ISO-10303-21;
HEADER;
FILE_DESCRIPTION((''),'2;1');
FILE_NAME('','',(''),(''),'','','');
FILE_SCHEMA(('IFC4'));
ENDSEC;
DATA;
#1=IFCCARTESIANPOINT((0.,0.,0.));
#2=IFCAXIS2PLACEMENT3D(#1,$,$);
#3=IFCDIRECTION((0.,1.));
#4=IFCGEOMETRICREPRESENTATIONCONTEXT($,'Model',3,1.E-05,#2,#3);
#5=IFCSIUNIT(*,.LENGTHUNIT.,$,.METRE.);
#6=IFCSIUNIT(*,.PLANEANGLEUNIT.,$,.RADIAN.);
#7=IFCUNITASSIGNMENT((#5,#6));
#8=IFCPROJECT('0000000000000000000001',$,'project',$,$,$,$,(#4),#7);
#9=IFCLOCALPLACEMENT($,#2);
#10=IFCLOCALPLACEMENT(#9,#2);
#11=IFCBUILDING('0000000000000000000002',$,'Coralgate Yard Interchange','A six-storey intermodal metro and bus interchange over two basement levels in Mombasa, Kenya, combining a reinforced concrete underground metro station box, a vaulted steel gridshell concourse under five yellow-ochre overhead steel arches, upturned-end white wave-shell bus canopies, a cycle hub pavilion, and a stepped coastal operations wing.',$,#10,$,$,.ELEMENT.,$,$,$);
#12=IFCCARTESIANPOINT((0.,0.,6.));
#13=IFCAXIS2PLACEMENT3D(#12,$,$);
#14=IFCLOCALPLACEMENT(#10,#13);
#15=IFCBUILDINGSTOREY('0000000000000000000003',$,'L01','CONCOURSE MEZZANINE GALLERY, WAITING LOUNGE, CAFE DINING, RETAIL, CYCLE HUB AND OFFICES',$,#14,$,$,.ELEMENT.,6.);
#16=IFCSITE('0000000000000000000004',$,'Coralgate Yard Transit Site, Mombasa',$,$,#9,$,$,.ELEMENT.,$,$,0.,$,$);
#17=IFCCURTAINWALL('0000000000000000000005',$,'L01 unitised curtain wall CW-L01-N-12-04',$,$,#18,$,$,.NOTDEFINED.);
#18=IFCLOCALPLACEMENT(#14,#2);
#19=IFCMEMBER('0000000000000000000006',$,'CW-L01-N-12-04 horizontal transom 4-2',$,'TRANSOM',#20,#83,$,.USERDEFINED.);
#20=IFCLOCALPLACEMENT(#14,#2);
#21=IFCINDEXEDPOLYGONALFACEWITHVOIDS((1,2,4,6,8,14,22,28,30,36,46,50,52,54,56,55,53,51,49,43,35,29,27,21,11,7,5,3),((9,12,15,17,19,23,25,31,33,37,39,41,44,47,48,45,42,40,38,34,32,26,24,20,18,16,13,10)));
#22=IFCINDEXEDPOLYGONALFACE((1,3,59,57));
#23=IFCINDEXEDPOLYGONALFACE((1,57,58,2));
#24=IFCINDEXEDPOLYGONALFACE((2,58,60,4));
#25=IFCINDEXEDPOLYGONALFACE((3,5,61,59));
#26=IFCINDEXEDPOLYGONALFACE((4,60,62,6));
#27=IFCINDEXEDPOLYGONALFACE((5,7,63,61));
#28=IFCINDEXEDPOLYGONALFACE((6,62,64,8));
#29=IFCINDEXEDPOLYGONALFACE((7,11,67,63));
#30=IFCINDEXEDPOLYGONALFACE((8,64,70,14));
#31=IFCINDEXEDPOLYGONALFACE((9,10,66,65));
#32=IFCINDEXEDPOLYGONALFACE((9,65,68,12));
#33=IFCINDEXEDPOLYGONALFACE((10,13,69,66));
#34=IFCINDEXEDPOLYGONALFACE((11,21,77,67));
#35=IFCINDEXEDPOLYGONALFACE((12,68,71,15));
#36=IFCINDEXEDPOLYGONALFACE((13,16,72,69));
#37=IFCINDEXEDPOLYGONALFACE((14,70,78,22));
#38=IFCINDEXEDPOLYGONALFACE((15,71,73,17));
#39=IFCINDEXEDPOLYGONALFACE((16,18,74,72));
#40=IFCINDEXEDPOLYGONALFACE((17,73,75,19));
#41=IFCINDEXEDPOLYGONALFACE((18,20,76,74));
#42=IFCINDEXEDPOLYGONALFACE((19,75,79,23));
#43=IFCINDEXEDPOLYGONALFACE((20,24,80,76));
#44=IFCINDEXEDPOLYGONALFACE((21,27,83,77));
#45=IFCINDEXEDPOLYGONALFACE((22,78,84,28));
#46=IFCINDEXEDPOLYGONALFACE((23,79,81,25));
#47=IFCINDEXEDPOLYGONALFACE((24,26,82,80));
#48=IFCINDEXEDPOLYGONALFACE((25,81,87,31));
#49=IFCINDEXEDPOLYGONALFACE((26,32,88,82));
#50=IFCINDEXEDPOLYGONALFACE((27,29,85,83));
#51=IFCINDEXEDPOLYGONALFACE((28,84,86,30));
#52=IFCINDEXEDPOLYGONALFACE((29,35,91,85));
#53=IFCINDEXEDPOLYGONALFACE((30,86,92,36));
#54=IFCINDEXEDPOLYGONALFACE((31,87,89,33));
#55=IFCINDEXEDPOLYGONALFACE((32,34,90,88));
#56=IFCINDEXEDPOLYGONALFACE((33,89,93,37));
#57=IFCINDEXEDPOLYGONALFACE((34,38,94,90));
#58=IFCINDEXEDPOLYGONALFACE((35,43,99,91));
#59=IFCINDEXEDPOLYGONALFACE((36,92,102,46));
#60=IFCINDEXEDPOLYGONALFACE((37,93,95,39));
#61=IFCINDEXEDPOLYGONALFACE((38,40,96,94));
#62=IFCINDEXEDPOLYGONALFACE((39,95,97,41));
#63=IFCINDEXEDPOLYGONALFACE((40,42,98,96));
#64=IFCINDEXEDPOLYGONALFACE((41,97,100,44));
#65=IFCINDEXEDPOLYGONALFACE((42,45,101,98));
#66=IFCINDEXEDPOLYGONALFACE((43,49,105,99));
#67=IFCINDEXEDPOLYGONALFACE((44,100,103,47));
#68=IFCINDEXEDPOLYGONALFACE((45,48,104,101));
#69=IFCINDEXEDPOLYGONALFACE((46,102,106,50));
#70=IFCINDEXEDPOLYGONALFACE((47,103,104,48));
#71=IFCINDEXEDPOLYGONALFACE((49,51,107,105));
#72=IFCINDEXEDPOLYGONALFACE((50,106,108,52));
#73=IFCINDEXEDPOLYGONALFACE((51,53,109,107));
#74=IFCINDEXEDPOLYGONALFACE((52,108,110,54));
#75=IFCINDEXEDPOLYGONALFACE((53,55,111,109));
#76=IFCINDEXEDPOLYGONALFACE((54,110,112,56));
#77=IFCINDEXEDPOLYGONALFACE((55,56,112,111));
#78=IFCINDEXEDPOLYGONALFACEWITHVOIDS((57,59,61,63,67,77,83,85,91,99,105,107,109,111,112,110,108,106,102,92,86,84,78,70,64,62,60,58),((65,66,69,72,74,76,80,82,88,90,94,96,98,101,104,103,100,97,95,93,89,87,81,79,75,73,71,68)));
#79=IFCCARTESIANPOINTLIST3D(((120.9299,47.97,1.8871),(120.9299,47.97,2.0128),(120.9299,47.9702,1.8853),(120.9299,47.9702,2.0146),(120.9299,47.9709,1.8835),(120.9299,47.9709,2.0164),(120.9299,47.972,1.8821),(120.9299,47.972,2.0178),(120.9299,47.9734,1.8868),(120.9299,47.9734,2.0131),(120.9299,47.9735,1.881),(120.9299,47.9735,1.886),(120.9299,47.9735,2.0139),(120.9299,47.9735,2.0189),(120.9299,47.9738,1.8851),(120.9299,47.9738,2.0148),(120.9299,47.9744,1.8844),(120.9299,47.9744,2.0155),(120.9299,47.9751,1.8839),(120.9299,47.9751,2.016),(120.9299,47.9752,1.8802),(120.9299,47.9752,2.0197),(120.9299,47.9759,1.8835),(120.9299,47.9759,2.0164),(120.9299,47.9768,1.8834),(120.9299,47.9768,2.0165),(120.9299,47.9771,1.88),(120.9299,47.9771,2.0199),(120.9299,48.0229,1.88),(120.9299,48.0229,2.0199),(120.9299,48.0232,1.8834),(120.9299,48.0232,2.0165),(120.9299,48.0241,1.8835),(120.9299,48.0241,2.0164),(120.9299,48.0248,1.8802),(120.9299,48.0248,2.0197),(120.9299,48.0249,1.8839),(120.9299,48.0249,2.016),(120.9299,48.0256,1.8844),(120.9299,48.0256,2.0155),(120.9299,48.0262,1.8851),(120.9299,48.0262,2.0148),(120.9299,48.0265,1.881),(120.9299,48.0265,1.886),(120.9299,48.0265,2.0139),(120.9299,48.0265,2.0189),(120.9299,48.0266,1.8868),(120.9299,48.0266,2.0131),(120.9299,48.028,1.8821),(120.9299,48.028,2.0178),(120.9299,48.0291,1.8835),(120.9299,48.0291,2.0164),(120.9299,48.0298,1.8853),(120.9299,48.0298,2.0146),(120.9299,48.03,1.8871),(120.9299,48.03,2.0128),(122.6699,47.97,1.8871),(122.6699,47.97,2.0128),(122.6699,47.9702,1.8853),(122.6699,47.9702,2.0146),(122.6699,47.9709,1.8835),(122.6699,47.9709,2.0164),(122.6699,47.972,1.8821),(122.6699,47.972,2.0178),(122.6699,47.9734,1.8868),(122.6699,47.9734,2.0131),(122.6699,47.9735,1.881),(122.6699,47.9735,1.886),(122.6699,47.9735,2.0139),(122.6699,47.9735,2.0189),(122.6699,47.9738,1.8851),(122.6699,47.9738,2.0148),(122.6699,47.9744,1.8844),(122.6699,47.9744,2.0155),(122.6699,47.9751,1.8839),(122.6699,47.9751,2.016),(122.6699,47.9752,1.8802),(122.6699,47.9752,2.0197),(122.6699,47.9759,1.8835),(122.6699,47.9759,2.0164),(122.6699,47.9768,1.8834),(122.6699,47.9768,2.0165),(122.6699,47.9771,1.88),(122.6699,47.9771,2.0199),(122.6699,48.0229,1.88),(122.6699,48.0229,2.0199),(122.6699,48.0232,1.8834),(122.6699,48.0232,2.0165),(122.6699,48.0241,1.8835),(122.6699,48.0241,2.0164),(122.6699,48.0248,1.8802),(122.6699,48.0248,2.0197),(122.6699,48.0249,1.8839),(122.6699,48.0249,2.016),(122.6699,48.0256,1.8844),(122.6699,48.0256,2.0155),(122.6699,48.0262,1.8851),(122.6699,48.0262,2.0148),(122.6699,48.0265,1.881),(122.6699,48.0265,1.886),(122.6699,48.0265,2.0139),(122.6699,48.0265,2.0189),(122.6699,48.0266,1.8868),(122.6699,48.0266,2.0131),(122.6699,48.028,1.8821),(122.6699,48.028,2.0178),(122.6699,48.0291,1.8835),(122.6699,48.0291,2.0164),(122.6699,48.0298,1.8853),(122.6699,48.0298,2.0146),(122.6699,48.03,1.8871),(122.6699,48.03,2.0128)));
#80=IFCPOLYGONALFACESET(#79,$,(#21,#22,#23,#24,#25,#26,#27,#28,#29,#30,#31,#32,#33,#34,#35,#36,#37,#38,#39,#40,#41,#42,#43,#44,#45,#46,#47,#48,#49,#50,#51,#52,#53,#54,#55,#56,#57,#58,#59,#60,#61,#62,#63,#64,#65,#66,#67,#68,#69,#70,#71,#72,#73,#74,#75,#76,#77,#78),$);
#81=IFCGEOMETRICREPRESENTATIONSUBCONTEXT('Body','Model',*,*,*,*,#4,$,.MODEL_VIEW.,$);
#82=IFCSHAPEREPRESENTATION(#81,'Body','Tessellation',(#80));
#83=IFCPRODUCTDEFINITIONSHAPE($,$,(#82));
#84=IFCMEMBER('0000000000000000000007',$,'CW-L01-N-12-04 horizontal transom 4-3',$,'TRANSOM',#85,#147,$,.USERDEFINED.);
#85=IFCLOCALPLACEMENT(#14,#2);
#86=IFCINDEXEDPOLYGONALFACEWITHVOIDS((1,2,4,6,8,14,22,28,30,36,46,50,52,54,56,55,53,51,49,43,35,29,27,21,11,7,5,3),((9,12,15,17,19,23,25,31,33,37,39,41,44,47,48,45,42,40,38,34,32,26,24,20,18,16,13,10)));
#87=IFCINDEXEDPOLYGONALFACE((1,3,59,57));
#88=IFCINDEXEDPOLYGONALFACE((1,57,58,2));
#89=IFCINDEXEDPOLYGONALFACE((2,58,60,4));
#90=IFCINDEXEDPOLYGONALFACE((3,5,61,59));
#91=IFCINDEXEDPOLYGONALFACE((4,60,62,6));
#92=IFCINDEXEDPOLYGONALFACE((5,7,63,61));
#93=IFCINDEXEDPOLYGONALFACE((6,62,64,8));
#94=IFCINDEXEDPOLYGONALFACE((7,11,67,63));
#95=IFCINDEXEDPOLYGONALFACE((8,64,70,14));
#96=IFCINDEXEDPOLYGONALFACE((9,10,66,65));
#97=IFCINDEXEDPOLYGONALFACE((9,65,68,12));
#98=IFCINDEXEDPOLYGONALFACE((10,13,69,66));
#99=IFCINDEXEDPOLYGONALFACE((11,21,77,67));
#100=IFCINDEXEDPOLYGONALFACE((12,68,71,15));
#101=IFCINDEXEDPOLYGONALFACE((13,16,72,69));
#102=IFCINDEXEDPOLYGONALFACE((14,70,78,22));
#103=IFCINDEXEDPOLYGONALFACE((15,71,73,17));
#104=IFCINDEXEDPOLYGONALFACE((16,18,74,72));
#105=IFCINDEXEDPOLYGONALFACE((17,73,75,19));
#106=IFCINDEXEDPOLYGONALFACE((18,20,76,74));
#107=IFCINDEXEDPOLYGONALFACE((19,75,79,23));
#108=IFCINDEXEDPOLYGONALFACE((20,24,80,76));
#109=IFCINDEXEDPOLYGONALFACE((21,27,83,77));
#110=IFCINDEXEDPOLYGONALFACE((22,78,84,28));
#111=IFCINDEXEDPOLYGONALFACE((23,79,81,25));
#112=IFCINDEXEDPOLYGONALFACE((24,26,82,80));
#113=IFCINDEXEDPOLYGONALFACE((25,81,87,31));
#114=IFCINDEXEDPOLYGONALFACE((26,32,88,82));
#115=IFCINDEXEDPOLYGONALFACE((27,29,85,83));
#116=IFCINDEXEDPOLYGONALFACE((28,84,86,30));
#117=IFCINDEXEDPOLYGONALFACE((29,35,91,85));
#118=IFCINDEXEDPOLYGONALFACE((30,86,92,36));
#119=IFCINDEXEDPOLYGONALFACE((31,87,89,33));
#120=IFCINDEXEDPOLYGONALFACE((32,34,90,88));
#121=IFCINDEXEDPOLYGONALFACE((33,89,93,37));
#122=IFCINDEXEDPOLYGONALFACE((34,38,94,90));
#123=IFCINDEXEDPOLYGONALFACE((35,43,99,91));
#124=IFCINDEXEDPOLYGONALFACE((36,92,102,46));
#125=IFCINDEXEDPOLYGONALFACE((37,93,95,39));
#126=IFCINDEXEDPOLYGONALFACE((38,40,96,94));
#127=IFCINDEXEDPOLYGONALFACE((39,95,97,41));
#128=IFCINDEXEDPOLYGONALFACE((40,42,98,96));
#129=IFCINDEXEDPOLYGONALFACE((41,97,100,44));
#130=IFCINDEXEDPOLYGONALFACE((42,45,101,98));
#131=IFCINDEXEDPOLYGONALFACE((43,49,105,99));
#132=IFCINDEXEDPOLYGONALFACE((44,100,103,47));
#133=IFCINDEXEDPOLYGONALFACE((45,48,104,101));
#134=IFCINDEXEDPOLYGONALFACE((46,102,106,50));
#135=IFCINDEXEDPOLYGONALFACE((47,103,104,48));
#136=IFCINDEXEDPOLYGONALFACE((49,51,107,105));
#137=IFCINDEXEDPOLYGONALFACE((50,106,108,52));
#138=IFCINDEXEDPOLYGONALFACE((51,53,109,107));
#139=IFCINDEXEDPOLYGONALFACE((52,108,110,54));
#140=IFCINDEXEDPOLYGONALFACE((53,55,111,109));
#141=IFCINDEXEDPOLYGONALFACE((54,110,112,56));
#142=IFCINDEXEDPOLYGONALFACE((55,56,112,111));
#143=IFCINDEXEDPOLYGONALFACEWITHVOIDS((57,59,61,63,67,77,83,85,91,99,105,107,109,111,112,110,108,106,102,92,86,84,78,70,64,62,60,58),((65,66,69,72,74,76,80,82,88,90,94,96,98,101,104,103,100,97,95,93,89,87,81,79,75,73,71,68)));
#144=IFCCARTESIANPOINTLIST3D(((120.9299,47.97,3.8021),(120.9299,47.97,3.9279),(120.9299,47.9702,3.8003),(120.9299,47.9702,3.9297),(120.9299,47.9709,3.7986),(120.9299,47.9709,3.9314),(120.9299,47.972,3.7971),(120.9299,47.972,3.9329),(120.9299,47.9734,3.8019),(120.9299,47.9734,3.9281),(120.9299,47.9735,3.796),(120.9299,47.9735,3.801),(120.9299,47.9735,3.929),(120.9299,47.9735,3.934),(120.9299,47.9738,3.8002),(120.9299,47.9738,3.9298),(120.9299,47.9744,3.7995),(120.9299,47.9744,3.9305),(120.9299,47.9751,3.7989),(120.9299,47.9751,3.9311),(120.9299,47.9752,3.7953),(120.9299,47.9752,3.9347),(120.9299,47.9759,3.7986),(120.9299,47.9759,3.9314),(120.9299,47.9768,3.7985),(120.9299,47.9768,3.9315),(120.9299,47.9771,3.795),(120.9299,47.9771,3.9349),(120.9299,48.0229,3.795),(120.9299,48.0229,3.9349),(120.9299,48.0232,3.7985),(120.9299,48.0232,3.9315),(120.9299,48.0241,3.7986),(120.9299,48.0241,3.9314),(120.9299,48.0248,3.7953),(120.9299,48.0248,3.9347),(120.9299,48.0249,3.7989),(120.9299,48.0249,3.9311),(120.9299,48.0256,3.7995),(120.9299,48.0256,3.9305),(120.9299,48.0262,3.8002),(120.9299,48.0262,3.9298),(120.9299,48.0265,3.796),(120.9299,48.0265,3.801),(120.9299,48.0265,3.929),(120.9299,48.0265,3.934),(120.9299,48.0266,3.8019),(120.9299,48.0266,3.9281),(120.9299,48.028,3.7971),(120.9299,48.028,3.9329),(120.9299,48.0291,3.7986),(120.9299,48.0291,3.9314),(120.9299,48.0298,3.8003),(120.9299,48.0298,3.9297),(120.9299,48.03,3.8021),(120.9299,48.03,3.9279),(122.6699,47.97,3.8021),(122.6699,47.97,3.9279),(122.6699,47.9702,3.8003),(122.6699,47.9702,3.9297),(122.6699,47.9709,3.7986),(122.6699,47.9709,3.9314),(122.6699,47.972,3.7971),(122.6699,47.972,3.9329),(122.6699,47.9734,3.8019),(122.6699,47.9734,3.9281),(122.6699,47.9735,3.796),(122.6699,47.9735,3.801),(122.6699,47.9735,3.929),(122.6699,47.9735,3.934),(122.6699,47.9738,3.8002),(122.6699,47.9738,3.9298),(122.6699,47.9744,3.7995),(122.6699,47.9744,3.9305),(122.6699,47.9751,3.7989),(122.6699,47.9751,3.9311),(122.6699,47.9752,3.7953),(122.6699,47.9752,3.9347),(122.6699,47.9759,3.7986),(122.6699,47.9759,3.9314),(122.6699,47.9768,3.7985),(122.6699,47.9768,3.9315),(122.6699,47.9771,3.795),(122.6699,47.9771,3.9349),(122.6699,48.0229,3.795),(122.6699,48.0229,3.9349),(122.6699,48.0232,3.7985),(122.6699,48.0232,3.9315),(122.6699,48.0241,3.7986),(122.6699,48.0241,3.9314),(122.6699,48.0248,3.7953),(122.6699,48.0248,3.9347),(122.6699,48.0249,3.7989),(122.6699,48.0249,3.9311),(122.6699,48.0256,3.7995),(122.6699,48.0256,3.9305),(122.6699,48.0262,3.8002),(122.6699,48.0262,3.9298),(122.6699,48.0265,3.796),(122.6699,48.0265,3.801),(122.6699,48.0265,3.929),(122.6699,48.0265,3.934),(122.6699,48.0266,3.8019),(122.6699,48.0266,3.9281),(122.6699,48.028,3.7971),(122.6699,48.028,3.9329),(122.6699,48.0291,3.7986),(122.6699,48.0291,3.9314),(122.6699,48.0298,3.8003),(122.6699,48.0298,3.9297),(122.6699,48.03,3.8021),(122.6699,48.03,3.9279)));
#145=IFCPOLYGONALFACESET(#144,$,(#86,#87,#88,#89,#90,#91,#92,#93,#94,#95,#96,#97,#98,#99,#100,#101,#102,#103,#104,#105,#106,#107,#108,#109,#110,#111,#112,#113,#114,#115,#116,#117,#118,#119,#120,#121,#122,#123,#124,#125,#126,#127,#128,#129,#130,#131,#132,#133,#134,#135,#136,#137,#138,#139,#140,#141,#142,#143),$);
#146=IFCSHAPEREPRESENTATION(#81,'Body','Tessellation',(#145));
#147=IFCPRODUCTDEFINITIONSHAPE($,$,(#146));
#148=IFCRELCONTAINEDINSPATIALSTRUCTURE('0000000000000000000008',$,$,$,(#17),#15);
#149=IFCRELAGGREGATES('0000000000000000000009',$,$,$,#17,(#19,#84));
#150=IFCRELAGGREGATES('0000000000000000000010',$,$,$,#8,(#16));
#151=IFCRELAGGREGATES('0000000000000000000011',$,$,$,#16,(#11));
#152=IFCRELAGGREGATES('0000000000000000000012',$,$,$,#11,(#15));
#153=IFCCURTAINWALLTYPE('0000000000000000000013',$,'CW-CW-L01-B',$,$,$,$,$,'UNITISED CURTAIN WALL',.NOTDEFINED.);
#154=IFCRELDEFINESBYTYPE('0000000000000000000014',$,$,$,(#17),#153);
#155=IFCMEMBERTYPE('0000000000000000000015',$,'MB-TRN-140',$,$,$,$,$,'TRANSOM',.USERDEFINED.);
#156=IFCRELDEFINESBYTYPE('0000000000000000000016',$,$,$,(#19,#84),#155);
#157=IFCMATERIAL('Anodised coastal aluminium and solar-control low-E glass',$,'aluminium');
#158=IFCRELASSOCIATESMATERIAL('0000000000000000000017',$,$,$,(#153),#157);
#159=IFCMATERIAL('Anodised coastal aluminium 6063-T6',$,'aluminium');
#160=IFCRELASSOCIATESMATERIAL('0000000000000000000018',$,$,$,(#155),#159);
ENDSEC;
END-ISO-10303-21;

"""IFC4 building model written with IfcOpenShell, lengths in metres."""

from ifc_helpers import new_model, si_unit, direction, frame, origin, origin_2d, place, context, subcontext, project, spatial, hollow_rectangle, extrude, material, material_profile, profile_set, type_object, element, aggregate, save


model = new_model("IFC4")

# Units and contexts
model_context = context("Model", 3, precision=1e-05, world=origin(), true_north=direction((0.0, 1.0)))
body_context = subcontext(model_context, "Body", "Model", "MODEL_VIEW")
ifc_project = project(units=[si_unit("LENGTHUNIT", "METRE"), si_unit("PLANEANGLEUNIT", "RADIAN")], contexts=[model_context])

# Site, building, storey
site_placement = place(None, origin())
site = spatial("IfcSite", under=ifc_project, at=site_placement, Name="Coralgate Yard Transit Site, Mombasa", CompositionType="ELEMENT", RefElevation=0.0)
building_placement = place(site_placement, origin())
building = spatial("IfcBuilding", under=site, at=building_placement, Name="Coralgate Yard Interchange", Description="A six-storey intermodal metro and bus interchange over two basement levels in Mombasa, Kenya, combining a reinforced concrete underground metro station box, a vaulted steel gridshell concourse under five yellow-ochre overhead steel arches, upturned-end white wave-shell bus canopies, a cycle hub pavilion, and a stepped coastal operations wing.", CompositionType="ELEMENT")
storey_placement = place(building_placement, frame((0.0, 0.0, 6.0)))
storey = spatial("IfcBuildingStorey", under=building, at=storey_placement, Name="L01", Description="CONCOURSE MEZZANINE GALLERY, WAITING LOUNGE, CAFE DINING, RETAIL, CYCLE HUB AND OFFICES", CompositionType="ELEMENT", Elevation=6.0)

# Curtain wall
ifc_material_1 = material(Name="Anodised coastal aluminium and solar-control low-E glass", Category="aluminium")
curtain_wall_type_1 = type_object("IfcCurtainWallType", Name="CW-CW-L01-B", ElementType="UNITISED CURTAIN WALL", PredefinedType="NOTDEFINED", material=ifc_material_1)
curtain_wall_1_placement = place(storey_placement, origin())
curtain_wall_1 = element("IfcCurtainWall", 1, at=curtain_wall_1_placement, inside=storey, type_object=curtain_wall_type_1, Name="L01 unitised curtain wall CW-L01-N-12-04", PredefinedType="NOTDEFINED")
ifc_material_2 = material(Name="Anodised coastal aluminium 6063-T6", Category="aluminium")

# Members
ifc_material_profile_1 = material_profile(ifc_material_2, hollow_rectangle(XDim=0.0601, YDim=0.1399, WallThickness=0.0034, InnerFilletRadius=0.0034, OuterFilletRadius=0.0071, at=origin_2d()), Name="ALU 60x140x3.5")
ifc_profile_set_1 = profile_set([ifc_material_profile_1], Name="Anodised coastal aluminium 6063-T6")
member_type_1 = type_object("IfcMemberType", Name="MB-TRN-140", ElementType="TRANSOM", PredefinedType="USERDEFINED", material=ifc_profile_set_1)
member_1_placement = place(storey_placement, frame((120.9299, 48.0, 1.95), z_axis=(1.0, 0.0, 0.0), x_axis=(0.0, 1.0, 0.0)))
member_1 = element("IfcMember", 2, at=member_1_placement, type_object=member_type_1, Name="CW-L01-N-12-04 horizontal transom 4-2", ObjectType="TRANSOM", PredefinedType="USERDEFINED", context=body_context, shape_type="SweptSolid", body=[
    extrude(hollow_rectangle(XDim=0.0601, YDim=0.1399, WallThickness=0.0034, InnerFilletRadius=0.0034, OuterFilletRadius=0.0071, at=origin_2d()), origin(), (0.0, 0.0, 1.0), 1.74),
])
member_2_placement = place(storey_placement, frame((120.9299, 48.0, 3.865), z_axis=(1.0, 0.0, 0.0), x_axis=(0.0, 1.0, 0.0)))
member_2 = element("IfcMember", 3, at=member_2_placement, type_object=member_type_1, Name="CW-L01-N-12-04 horizontal transom 4-3", ObjectType="TRANSOM", PredefinedType="USERDEFINED", context=body_context, shape_type="SweptSolid", body=[
    extrude(hollow_rectangle(XDim=0.0601, YDim=0.1399, WallThickness=0.0034, InnerFilletRadius=0.0034, OuterFilletRadius=0.0071, at=origin_2d()), origin(), (0.0, 0.0, 1.0), 1.74),
])

aggregate(curtain_wall_1, [member_1, member_2])

save(model, "model.ifc")
